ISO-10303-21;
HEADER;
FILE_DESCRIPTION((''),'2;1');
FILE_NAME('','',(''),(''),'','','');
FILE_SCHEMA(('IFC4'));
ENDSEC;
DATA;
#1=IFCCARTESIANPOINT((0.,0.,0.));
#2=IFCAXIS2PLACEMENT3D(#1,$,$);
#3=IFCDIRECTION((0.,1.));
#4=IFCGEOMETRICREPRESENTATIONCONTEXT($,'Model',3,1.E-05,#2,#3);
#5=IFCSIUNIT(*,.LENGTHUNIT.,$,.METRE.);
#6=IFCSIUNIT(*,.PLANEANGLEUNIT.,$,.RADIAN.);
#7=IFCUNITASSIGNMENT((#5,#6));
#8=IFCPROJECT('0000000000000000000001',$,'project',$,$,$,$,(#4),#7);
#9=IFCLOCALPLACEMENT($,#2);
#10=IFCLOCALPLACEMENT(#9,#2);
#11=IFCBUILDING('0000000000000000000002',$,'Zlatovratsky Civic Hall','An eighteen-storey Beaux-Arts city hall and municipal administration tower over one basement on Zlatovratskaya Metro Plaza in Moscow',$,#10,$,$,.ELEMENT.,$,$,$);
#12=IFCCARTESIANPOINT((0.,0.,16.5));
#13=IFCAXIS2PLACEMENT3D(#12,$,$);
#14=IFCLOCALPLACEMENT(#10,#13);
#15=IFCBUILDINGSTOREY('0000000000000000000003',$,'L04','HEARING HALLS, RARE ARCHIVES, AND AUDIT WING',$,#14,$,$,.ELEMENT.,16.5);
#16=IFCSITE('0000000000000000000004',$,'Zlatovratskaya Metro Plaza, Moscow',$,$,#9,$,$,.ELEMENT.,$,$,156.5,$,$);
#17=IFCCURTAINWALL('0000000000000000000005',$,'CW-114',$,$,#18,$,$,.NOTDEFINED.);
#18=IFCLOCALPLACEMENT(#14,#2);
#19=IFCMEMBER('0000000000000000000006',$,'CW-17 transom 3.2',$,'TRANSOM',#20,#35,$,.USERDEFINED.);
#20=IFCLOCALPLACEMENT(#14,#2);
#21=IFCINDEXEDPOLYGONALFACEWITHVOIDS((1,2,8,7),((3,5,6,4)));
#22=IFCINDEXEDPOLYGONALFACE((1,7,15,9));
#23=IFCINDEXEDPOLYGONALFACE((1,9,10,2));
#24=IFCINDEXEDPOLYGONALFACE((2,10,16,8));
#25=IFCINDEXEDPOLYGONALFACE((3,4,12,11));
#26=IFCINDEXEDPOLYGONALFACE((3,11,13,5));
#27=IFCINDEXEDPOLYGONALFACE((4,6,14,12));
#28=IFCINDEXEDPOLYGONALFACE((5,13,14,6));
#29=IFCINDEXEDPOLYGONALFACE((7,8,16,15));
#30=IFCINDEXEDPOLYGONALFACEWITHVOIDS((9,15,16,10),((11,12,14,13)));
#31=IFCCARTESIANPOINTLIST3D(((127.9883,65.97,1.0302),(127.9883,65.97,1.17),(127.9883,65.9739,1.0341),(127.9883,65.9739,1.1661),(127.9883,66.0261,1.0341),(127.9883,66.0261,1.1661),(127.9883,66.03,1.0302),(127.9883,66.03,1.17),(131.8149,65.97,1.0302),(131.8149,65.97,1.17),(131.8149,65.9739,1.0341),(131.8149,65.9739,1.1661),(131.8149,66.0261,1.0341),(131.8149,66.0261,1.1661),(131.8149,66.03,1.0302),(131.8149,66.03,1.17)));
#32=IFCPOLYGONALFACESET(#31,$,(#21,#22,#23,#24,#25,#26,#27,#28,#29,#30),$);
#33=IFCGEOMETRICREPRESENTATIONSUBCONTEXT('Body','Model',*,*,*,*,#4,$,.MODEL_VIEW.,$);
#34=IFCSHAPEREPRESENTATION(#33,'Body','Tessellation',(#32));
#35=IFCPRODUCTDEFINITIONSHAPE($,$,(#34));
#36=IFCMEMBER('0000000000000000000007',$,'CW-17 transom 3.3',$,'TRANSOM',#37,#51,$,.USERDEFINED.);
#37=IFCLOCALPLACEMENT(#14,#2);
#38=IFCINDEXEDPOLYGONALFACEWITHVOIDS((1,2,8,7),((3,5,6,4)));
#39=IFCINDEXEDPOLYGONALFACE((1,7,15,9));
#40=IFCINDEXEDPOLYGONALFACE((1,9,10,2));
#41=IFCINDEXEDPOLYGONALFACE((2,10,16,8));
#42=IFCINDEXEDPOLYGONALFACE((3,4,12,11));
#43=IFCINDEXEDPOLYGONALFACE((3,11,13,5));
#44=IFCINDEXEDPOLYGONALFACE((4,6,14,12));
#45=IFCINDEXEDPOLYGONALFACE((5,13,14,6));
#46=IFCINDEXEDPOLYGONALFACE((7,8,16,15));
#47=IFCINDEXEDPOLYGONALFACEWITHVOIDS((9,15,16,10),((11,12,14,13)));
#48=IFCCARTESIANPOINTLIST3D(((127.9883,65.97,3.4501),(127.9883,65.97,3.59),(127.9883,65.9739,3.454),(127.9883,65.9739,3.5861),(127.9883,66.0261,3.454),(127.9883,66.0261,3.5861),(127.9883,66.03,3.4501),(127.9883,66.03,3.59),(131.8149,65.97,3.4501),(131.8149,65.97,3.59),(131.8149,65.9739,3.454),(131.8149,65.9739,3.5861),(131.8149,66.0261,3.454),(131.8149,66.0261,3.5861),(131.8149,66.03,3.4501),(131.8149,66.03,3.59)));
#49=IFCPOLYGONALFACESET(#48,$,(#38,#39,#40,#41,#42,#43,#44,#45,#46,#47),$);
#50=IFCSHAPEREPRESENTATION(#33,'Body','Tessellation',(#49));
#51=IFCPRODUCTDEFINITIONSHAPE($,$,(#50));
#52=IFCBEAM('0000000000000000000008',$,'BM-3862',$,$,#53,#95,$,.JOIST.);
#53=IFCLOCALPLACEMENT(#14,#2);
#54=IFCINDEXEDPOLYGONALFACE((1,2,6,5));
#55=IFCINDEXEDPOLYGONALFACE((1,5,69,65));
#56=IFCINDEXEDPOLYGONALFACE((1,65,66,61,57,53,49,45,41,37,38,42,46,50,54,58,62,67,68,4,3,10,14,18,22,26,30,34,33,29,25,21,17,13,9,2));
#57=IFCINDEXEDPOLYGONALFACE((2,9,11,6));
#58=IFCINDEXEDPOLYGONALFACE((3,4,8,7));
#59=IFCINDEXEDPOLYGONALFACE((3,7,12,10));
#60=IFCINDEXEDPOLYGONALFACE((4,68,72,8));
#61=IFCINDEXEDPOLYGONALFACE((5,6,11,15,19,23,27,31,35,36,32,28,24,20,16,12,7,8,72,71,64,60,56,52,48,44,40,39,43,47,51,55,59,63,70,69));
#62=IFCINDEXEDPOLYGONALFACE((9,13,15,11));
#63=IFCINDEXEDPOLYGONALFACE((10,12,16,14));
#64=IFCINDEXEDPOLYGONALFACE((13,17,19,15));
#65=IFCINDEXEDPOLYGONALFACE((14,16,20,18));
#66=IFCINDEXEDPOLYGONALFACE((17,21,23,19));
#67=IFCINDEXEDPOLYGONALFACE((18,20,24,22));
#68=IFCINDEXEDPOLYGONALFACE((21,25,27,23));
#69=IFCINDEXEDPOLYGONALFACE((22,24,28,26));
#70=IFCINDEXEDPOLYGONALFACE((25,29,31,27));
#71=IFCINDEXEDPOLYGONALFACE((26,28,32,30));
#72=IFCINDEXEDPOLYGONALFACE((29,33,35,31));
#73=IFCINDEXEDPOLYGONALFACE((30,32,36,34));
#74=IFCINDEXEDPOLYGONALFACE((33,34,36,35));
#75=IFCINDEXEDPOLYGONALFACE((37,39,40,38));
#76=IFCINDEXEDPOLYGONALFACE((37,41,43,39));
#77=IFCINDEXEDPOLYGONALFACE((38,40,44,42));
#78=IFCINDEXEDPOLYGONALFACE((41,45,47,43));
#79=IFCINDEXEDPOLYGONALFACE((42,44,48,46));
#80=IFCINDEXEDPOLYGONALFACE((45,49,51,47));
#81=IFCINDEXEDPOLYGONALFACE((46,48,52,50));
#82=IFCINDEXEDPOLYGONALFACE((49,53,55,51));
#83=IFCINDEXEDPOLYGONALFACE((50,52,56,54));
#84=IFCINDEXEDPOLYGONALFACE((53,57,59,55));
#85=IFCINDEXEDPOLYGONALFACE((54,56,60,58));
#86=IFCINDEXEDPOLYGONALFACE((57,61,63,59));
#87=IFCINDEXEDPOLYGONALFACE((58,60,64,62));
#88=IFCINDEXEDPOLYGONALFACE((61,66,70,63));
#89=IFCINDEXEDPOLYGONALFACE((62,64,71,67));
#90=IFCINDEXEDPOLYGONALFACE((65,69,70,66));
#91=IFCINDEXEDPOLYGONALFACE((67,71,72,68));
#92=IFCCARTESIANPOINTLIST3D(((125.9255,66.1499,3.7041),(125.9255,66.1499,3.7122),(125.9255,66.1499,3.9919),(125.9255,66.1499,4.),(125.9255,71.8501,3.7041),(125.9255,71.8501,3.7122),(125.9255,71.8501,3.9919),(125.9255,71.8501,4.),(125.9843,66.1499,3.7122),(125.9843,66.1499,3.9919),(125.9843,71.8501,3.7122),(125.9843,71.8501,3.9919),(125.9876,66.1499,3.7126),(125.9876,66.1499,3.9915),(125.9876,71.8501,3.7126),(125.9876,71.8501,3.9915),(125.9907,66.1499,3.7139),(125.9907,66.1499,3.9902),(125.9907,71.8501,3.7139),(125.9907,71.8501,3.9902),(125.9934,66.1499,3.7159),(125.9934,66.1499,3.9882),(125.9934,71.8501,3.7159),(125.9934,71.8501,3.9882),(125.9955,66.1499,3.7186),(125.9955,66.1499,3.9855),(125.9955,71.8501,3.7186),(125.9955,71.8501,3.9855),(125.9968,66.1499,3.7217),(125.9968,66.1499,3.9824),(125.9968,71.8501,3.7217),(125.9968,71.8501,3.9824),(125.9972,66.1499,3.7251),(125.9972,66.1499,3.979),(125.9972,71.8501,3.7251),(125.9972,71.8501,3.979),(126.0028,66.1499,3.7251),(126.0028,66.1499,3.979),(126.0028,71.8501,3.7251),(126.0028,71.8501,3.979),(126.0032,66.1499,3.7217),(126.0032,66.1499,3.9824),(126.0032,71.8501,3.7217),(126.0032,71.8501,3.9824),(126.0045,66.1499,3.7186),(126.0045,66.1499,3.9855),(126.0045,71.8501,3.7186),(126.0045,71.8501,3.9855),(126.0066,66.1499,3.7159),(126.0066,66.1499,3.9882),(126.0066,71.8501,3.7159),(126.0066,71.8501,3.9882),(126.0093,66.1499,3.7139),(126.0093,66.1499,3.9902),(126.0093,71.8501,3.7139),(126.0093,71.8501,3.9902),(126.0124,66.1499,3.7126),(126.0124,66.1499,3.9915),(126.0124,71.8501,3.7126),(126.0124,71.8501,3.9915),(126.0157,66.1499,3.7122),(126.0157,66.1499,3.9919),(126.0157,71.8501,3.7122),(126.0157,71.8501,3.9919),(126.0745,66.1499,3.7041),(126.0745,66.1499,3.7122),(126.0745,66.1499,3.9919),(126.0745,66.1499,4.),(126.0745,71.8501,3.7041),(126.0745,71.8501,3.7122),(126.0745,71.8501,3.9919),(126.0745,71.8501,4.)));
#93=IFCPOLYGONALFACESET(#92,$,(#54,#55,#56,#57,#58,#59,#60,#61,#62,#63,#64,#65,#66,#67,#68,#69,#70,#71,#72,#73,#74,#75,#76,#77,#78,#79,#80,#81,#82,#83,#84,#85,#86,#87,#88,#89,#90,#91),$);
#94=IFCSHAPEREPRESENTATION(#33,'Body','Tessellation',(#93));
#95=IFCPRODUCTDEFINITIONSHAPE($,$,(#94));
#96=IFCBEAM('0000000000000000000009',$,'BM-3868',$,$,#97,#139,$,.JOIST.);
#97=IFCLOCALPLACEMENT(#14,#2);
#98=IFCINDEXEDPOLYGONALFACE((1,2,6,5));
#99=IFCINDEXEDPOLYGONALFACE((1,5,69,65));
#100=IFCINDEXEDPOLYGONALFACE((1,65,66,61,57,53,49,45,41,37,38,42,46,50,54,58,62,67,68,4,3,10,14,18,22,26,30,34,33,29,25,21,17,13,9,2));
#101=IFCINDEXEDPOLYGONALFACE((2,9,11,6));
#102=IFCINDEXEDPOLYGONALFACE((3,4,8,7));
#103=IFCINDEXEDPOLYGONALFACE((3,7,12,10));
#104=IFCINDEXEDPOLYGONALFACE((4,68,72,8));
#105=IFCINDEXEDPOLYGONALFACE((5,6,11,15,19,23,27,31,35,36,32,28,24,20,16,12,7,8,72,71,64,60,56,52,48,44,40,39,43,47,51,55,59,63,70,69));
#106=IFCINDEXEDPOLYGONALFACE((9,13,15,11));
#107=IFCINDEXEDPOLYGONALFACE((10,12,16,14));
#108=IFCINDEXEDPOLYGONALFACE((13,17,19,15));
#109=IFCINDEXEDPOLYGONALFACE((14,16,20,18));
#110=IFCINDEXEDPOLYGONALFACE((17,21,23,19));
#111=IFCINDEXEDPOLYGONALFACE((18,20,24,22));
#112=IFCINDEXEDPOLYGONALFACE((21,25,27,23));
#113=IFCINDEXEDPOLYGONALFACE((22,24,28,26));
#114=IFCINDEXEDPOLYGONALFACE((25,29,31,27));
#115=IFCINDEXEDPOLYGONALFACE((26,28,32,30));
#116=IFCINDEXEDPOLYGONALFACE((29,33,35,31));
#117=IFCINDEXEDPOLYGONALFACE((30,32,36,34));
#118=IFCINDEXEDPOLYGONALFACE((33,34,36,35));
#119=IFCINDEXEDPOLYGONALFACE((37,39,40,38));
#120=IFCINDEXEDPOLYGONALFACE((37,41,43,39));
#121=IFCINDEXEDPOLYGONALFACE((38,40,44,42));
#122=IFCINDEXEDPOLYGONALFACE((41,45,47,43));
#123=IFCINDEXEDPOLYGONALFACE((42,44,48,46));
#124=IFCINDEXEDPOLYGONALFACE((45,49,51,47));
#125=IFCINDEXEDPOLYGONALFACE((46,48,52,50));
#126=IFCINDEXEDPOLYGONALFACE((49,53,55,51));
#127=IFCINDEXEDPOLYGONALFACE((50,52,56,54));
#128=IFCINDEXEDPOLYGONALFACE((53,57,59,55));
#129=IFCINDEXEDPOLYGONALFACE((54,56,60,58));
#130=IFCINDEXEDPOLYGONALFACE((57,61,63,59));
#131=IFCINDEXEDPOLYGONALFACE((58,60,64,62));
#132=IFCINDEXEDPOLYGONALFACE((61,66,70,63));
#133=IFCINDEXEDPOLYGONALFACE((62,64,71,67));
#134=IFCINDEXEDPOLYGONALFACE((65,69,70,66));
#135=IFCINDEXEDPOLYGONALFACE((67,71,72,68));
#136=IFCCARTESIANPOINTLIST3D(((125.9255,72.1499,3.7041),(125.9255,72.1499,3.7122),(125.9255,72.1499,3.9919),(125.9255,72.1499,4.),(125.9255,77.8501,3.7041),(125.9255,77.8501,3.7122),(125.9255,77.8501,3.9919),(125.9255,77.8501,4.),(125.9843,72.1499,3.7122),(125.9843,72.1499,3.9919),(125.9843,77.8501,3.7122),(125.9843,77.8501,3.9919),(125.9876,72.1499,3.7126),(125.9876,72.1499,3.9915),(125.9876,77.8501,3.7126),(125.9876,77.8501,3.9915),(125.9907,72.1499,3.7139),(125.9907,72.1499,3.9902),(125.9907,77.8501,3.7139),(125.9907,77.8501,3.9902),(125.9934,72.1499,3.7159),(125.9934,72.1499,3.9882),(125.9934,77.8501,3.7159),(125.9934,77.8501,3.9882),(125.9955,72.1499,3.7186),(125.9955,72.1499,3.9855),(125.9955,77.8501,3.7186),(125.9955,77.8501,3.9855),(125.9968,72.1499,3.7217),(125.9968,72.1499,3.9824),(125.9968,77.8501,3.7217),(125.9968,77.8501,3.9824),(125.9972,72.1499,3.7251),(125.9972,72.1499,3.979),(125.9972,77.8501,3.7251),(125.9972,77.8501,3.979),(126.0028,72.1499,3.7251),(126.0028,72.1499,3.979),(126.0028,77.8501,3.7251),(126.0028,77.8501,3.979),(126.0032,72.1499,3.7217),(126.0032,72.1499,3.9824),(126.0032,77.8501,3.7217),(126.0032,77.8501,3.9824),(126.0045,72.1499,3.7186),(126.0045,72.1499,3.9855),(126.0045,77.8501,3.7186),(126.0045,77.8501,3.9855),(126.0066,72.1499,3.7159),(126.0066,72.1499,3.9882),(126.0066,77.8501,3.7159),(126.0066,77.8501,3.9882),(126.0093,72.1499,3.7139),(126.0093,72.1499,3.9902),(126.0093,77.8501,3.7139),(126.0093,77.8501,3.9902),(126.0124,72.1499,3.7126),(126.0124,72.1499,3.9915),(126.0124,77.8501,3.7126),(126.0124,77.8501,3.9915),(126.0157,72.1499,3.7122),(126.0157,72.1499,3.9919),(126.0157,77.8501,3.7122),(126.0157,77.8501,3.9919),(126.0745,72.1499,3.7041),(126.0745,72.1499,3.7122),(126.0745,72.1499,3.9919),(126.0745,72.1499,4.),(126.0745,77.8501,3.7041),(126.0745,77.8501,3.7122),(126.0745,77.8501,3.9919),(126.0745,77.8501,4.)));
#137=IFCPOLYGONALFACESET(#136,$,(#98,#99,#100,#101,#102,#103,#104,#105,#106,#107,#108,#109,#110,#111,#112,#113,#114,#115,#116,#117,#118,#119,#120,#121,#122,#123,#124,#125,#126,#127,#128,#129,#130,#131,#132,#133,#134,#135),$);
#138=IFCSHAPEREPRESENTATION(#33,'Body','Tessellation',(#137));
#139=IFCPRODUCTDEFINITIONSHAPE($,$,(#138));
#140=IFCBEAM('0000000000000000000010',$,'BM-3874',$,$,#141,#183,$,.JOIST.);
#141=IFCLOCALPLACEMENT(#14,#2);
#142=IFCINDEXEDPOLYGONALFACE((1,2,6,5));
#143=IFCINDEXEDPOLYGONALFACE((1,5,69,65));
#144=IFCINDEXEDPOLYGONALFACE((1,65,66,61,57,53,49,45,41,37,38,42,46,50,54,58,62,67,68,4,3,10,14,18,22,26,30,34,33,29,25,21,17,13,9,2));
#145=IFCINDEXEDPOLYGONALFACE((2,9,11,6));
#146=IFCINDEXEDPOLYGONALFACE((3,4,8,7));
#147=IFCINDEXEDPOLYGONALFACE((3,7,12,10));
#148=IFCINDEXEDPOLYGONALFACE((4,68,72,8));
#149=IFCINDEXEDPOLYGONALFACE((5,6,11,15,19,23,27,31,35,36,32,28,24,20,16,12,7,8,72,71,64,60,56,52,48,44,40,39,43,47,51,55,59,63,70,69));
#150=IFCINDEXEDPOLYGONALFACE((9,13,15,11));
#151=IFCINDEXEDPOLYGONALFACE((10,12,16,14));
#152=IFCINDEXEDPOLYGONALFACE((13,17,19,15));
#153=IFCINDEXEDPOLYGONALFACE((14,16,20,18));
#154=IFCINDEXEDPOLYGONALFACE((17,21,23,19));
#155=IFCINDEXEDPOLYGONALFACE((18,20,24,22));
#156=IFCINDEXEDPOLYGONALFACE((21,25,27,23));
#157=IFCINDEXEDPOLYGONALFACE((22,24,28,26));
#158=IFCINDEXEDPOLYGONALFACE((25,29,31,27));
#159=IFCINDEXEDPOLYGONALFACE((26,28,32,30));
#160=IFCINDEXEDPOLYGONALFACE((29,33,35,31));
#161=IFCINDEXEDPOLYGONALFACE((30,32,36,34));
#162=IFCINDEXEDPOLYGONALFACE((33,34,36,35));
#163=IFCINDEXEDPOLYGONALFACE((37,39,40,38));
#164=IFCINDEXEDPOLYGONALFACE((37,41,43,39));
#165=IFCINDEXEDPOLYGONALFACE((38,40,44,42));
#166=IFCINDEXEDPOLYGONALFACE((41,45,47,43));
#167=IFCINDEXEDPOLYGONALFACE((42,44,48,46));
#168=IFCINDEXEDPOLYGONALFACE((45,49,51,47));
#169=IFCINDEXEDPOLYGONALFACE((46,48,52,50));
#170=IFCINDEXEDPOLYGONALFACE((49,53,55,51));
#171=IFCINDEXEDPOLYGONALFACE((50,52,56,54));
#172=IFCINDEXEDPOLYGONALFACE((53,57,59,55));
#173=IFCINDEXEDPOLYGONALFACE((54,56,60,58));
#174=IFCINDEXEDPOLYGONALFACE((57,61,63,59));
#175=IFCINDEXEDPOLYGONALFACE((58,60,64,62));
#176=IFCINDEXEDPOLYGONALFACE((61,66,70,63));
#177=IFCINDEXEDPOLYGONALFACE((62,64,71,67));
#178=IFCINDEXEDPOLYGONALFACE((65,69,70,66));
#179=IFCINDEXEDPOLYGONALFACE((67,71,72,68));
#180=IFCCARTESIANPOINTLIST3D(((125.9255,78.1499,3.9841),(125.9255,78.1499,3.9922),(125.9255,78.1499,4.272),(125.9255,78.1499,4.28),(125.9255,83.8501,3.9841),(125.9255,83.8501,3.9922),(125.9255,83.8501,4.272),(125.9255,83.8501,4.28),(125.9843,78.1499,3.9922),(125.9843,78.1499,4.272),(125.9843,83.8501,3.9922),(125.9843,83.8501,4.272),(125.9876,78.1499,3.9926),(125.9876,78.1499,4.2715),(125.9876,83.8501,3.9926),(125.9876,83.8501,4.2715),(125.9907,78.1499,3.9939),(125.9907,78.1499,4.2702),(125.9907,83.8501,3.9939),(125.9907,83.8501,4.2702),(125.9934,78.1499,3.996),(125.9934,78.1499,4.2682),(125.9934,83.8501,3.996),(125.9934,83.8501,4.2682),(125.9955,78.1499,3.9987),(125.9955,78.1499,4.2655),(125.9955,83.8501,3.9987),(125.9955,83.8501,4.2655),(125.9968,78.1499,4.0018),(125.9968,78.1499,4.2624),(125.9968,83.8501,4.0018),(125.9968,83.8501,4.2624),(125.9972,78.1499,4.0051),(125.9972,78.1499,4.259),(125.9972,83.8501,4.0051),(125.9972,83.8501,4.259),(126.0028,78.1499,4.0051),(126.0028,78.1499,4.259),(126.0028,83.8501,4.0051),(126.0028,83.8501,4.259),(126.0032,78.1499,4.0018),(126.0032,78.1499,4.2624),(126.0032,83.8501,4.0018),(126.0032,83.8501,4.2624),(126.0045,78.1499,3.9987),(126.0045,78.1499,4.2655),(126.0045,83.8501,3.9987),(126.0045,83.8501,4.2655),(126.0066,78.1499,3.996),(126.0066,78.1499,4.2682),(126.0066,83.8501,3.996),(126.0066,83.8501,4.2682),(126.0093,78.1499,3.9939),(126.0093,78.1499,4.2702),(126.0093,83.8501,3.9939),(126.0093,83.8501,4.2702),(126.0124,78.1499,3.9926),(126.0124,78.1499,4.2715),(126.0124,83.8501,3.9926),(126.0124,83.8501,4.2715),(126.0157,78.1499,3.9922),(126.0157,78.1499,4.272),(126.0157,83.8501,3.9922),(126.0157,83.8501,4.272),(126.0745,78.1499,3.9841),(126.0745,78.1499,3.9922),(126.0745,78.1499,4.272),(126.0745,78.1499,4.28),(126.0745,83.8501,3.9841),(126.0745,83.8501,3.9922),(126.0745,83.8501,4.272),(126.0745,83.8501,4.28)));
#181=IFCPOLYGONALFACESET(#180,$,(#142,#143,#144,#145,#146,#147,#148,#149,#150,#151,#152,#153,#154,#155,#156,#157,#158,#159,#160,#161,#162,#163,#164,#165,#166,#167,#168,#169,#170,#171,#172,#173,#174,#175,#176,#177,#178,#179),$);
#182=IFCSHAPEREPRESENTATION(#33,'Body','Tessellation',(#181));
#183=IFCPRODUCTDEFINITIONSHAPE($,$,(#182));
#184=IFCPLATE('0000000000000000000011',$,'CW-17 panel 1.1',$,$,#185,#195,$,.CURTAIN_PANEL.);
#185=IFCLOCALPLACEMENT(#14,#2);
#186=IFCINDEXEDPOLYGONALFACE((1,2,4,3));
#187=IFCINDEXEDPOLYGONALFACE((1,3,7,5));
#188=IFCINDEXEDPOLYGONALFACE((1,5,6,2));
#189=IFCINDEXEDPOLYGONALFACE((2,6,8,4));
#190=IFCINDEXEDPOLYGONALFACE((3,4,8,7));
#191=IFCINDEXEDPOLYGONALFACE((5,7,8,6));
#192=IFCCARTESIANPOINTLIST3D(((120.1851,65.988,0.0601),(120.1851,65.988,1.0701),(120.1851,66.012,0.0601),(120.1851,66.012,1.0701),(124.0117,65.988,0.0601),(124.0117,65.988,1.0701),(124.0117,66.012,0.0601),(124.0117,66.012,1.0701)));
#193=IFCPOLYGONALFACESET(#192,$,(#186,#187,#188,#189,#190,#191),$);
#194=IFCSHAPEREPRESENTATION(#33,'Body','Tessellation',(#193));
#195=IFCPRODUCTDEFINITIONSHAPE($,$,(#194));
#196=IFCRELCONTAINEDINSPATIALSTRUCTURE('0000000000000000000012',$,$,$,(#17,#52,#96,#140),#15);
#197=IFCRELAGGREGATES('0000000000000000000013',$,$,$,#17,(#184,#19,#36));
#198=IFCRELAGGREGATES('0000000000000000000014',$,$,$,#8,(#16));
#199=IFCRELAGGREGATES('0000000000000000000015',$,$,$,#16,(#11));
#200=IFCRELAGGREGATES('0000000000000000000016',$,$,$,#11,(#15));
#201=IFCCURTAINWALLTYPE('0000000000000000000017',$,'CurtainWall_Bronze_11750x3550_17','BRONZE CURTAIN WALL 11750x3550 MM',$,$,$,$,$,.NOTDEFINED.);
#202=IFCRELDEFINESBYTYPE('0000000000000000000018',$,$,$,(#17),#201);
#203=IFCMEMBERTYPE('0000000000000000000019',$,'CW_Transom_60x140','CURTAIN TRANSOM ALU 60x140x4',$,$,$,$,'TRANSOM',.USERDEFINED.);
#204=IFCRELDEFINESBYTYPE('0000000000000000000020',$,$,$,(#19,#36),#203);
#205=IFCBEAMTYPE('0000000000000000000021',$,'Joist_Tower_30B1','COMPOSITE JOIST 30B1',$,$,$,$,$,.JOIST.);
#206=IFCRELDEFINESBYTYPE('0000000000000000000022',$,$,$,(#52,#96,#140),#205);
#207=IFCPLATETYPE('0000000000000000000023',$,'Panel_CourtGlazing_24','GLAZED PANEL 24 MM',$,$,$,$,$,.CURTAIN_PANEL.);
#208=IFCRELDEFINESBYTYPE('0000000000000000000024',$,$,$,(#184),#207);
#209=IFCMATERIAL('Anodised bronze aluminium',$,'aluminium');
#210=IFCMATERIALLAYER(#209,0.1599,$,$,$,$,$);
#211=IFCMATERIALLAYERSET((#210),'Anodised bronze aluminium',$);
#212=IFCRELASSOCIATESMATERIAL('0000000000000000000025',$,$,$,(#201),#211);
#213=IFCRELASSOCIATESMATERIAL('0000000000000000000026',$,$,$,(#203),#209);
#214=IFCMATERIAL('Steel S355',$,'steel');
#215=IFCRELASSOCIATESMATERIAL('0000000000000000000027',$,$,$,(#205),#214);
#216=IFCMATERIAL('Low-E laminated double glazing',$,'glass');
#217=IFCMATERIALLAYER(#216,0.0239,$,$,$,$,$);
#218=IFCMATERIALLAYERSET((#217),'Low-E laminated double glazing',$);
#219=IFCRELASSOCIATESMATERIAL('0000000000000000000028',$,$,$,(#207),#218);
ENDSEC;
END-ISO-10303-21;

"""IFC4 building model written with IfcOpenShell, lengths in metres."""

from ifc_helpers import new_model, si_unit, direction, frame, origin, origin_2d, place, context, subcontext, project, spatial, rectangle, hollow_rectangle, i_section, extrude, material, layer, layer_set, material_profile, profile_set, type_object, element, aggregate, save


model = new_model("IFC4")

# Units and contexts
model_context = context("Model", 3, precision=1e-05, world=origin(), true_north=direction((0.0, 1.0)))
body_context = subcontext(model_context, "Body", "Model", "MODEL_VIEW")
ifc_project = project(units=[si_unit("LENGTHUNIT", "METRE"), si_unit("PLANEANGLEUNIT", "RADIAN")], contexts=[model_context])

# Site, building, storey
site_placement = place(None, origin())
site = spatial("IfcSite", under=ifc_project, at=site_placement, Name="Zlatovratskaya Metro Plaza, Moscow", CompositionType="ELEMENT", RefElevation=156.5)
building_placement = place(site_placement, origin())
building = spatial("IfcBuilding", under=site, at=building_placement, Name="Zlatovratsky Civic Hall", Description="An eighteen-storey Beaux-Arts city hall and municipal administration tower over one basement on Zlatovratskaya Metro Plaza in Moscow", CompositionType="ELEMENT")
storey_placement = place(building_placement, frame((0.0, 0.0, 16.5)))
storey = spatial("IfcBuildingStorey", under=building, at=storey_placement, Name="L04", Description="HEARING HALLS, RARE ARCHIVES, AND AUDIT WING", CompositionType="ELEMENT", Elevation=16.5)

# Shared definitions
ifc_material_1 = material(Name="Steel S355", Category="steel")

# Curtain wall, members
ifc_material_2 = material(Name="Anodised bronze aluminium", Category="aluminium")
ifc_layer_1 = layer(ifc_material_2, 0.1599)
ifc_layer_set_1 = layer_set([ifc_layer_1], Name="Anodised bronze aluminium")
curtain_wall_type = type_object("IfcCurtainWallType", Name="CurtainWall_Bronze_11750x3550_17", Description="BRONZE CURTAIN WALL 11750x3550 MM", PredefinedType="NOTDEFINED", material=ifc_layer_set_1)
curtain_wall_placement = place(storey_placement, origin())
curtain_wall = element("IfcCurtainWall", 1, at=curtain_wall_placement, inside=storey, type_object=curtain_wall_type, Name="CW-114", PredefinedType="NOTDEFINED")
ifc_material_profile_1 = material_profile(ifc_material_2, hollow_rectangle(XDim=0.0601, YDim=0.1399, WallThickness=0.0039, at=origin_2d()), Name="ALU 60x140x4")
ifc_profile_set_1 = profile_set([ifc_material_profile_1], Name="Anodised bronze aluminium")
member_type_1 = type_object("IfcMemberType", Name="CW_Transom_60x140", Description="CURTAIN TRANSOM ALU 60x140x4", ElementType="TRANSOM", PredefinedType="USERDEFINED", material=ifc_profile_set_1)
member_1_placement = place(storey_placement, frame((127.9883, 66.0, 1.1001), z_axis=(1.0, 0.0, 0.0), x_axis=(0.0, 1.0, 0.0)))
member_1 = element("IfcMember", 2, at=member_1_placement, type_object=member_type_1, Name="CW-17 transom 3.2", ObjectType="TRANSOM", PredefinedType="USERDEFINED", context=body_context, shape_type="SweptSolid", body=[
    extrude(hollow_rectangle(XDim=0.0601, YDim=0.1399, WallThickness=0.0039, at=origin_2d()), origin(), (0.0, 0.0, 1.0), 3.8267),
])
member_2_placement = place(storey_placement, frame((127.9883, 66.0, 3.52), z_axis=(1.0, 0.0, 0.0), x_axis=(0.0, 1.0, 0.0)))
member_2 = element("IfcMember", 3, at=member_2_placement, type_object=member_type_1, Name="CW-17 transom 3.3", ObjectType="TRANSOM", PredefinedType="USERDEFINED", context=body_context, shape_type="SweptSolid", body=[
    extrude(hollow_rectangle(XDim=0.0601, YDim=0.1399, WallThickness=0.0039, at=origin_2d()), origin(), (0.0, 0.0, 1.0), 3.8267),
])

# Beams
ifc_material_profile_2 = material_profile(ifc_material_1, i_section(OverallWidth=0.1489, OverallDepth=0.2959, WebThickness=0.0056, FlangeThickness=0.0081, FilletRadius=0.0129, at=origin_2d()), Name="30B1")
ifc_profile_set_2 = profile_set([ifc_material_profile_2], Name="Steel S355")
beam_type_1 = type_object("IfcBeamType", Name="Joist_Tower_30B1", Description="COMPOSITE JOIST 30B1", PredefinedType="JOIST", material=ifc_profile_set_2)
for number, where, z_axis, x_axis, name in (
    (4, (126.0, 66.1499, 3.8521), (0.0, 1.0, 0.0), (-1.0, 0.0, 0.0), "BM-3862"),
    (5, (126.0, 72.1499, 3.8521), (0.0, 1.0, 0.0), (-1.0, 0.0, 0.0), "BM-3868"),
    (6, (126.0, 78.1499, 4.1321), (0.0, 1.0, 0.0), (-1.0, 0.0, 0.0), "BM-3874"),
):
    element("IfcBeam", number, at=place(storey_placement, frame(where, z_axis=z_axis, x_axis=x_axis)), inside=storey, type_object=beam_type_1, Name=name, PredefinedType="JOIST", context=body_context, shape_type="SweptSolid", body=[
        extrude(i_section(OverallWidth=0.1489, OverallDepth=0.2959, WebThickness=0.0056, FlangeThickness=0.0081, FilletRadius=0.0129, at=origin_2d()), origin(), (0.0, 0.0, 1.0), 5.7002),
    ])

# Plate
ifc_material_3 = material(Name="Low-E laminated double glazing", Category="glass")
ifc_layer_2 = layer(ifc_material_3, 0.0239)
ifc_layer_set_2 = layer_set([ifc_layer_2], Name="Low-E laminated double glazing")
plate_type = type_object("IfcPlateType", Name="Panel_CourtGlazing_24", Description="GLAZED PANEL 24 MM", PredefinedType="CURTAIN_PANEL", material=ifc_layer_set_2)
plate_1_placement = place(storey_placement, frame((122.0984, 66.0, 0.0601), z_axis=(0.0, 0.0, 1.0), x_axis=(1.0, 0.0, 0.0)))
plate_1 = element("IfcPlate", 7, at=plate_1_placement, type_object=plate_type, Name="CW-17 panel 1.1", PredefinedType="CURTAIN_PANEL", context=body_context, shape_type="SweptSolid", body=[
    extrude(rectangle(XDim=3.8267, YDim=0.0239, at=origin_2d()), origin(), (0.0, 0.0, 1.0), 1.01),
])
aggregate(curtain_wall, [plate_1, member_1, member_2])

save(model, "model.ifc")
